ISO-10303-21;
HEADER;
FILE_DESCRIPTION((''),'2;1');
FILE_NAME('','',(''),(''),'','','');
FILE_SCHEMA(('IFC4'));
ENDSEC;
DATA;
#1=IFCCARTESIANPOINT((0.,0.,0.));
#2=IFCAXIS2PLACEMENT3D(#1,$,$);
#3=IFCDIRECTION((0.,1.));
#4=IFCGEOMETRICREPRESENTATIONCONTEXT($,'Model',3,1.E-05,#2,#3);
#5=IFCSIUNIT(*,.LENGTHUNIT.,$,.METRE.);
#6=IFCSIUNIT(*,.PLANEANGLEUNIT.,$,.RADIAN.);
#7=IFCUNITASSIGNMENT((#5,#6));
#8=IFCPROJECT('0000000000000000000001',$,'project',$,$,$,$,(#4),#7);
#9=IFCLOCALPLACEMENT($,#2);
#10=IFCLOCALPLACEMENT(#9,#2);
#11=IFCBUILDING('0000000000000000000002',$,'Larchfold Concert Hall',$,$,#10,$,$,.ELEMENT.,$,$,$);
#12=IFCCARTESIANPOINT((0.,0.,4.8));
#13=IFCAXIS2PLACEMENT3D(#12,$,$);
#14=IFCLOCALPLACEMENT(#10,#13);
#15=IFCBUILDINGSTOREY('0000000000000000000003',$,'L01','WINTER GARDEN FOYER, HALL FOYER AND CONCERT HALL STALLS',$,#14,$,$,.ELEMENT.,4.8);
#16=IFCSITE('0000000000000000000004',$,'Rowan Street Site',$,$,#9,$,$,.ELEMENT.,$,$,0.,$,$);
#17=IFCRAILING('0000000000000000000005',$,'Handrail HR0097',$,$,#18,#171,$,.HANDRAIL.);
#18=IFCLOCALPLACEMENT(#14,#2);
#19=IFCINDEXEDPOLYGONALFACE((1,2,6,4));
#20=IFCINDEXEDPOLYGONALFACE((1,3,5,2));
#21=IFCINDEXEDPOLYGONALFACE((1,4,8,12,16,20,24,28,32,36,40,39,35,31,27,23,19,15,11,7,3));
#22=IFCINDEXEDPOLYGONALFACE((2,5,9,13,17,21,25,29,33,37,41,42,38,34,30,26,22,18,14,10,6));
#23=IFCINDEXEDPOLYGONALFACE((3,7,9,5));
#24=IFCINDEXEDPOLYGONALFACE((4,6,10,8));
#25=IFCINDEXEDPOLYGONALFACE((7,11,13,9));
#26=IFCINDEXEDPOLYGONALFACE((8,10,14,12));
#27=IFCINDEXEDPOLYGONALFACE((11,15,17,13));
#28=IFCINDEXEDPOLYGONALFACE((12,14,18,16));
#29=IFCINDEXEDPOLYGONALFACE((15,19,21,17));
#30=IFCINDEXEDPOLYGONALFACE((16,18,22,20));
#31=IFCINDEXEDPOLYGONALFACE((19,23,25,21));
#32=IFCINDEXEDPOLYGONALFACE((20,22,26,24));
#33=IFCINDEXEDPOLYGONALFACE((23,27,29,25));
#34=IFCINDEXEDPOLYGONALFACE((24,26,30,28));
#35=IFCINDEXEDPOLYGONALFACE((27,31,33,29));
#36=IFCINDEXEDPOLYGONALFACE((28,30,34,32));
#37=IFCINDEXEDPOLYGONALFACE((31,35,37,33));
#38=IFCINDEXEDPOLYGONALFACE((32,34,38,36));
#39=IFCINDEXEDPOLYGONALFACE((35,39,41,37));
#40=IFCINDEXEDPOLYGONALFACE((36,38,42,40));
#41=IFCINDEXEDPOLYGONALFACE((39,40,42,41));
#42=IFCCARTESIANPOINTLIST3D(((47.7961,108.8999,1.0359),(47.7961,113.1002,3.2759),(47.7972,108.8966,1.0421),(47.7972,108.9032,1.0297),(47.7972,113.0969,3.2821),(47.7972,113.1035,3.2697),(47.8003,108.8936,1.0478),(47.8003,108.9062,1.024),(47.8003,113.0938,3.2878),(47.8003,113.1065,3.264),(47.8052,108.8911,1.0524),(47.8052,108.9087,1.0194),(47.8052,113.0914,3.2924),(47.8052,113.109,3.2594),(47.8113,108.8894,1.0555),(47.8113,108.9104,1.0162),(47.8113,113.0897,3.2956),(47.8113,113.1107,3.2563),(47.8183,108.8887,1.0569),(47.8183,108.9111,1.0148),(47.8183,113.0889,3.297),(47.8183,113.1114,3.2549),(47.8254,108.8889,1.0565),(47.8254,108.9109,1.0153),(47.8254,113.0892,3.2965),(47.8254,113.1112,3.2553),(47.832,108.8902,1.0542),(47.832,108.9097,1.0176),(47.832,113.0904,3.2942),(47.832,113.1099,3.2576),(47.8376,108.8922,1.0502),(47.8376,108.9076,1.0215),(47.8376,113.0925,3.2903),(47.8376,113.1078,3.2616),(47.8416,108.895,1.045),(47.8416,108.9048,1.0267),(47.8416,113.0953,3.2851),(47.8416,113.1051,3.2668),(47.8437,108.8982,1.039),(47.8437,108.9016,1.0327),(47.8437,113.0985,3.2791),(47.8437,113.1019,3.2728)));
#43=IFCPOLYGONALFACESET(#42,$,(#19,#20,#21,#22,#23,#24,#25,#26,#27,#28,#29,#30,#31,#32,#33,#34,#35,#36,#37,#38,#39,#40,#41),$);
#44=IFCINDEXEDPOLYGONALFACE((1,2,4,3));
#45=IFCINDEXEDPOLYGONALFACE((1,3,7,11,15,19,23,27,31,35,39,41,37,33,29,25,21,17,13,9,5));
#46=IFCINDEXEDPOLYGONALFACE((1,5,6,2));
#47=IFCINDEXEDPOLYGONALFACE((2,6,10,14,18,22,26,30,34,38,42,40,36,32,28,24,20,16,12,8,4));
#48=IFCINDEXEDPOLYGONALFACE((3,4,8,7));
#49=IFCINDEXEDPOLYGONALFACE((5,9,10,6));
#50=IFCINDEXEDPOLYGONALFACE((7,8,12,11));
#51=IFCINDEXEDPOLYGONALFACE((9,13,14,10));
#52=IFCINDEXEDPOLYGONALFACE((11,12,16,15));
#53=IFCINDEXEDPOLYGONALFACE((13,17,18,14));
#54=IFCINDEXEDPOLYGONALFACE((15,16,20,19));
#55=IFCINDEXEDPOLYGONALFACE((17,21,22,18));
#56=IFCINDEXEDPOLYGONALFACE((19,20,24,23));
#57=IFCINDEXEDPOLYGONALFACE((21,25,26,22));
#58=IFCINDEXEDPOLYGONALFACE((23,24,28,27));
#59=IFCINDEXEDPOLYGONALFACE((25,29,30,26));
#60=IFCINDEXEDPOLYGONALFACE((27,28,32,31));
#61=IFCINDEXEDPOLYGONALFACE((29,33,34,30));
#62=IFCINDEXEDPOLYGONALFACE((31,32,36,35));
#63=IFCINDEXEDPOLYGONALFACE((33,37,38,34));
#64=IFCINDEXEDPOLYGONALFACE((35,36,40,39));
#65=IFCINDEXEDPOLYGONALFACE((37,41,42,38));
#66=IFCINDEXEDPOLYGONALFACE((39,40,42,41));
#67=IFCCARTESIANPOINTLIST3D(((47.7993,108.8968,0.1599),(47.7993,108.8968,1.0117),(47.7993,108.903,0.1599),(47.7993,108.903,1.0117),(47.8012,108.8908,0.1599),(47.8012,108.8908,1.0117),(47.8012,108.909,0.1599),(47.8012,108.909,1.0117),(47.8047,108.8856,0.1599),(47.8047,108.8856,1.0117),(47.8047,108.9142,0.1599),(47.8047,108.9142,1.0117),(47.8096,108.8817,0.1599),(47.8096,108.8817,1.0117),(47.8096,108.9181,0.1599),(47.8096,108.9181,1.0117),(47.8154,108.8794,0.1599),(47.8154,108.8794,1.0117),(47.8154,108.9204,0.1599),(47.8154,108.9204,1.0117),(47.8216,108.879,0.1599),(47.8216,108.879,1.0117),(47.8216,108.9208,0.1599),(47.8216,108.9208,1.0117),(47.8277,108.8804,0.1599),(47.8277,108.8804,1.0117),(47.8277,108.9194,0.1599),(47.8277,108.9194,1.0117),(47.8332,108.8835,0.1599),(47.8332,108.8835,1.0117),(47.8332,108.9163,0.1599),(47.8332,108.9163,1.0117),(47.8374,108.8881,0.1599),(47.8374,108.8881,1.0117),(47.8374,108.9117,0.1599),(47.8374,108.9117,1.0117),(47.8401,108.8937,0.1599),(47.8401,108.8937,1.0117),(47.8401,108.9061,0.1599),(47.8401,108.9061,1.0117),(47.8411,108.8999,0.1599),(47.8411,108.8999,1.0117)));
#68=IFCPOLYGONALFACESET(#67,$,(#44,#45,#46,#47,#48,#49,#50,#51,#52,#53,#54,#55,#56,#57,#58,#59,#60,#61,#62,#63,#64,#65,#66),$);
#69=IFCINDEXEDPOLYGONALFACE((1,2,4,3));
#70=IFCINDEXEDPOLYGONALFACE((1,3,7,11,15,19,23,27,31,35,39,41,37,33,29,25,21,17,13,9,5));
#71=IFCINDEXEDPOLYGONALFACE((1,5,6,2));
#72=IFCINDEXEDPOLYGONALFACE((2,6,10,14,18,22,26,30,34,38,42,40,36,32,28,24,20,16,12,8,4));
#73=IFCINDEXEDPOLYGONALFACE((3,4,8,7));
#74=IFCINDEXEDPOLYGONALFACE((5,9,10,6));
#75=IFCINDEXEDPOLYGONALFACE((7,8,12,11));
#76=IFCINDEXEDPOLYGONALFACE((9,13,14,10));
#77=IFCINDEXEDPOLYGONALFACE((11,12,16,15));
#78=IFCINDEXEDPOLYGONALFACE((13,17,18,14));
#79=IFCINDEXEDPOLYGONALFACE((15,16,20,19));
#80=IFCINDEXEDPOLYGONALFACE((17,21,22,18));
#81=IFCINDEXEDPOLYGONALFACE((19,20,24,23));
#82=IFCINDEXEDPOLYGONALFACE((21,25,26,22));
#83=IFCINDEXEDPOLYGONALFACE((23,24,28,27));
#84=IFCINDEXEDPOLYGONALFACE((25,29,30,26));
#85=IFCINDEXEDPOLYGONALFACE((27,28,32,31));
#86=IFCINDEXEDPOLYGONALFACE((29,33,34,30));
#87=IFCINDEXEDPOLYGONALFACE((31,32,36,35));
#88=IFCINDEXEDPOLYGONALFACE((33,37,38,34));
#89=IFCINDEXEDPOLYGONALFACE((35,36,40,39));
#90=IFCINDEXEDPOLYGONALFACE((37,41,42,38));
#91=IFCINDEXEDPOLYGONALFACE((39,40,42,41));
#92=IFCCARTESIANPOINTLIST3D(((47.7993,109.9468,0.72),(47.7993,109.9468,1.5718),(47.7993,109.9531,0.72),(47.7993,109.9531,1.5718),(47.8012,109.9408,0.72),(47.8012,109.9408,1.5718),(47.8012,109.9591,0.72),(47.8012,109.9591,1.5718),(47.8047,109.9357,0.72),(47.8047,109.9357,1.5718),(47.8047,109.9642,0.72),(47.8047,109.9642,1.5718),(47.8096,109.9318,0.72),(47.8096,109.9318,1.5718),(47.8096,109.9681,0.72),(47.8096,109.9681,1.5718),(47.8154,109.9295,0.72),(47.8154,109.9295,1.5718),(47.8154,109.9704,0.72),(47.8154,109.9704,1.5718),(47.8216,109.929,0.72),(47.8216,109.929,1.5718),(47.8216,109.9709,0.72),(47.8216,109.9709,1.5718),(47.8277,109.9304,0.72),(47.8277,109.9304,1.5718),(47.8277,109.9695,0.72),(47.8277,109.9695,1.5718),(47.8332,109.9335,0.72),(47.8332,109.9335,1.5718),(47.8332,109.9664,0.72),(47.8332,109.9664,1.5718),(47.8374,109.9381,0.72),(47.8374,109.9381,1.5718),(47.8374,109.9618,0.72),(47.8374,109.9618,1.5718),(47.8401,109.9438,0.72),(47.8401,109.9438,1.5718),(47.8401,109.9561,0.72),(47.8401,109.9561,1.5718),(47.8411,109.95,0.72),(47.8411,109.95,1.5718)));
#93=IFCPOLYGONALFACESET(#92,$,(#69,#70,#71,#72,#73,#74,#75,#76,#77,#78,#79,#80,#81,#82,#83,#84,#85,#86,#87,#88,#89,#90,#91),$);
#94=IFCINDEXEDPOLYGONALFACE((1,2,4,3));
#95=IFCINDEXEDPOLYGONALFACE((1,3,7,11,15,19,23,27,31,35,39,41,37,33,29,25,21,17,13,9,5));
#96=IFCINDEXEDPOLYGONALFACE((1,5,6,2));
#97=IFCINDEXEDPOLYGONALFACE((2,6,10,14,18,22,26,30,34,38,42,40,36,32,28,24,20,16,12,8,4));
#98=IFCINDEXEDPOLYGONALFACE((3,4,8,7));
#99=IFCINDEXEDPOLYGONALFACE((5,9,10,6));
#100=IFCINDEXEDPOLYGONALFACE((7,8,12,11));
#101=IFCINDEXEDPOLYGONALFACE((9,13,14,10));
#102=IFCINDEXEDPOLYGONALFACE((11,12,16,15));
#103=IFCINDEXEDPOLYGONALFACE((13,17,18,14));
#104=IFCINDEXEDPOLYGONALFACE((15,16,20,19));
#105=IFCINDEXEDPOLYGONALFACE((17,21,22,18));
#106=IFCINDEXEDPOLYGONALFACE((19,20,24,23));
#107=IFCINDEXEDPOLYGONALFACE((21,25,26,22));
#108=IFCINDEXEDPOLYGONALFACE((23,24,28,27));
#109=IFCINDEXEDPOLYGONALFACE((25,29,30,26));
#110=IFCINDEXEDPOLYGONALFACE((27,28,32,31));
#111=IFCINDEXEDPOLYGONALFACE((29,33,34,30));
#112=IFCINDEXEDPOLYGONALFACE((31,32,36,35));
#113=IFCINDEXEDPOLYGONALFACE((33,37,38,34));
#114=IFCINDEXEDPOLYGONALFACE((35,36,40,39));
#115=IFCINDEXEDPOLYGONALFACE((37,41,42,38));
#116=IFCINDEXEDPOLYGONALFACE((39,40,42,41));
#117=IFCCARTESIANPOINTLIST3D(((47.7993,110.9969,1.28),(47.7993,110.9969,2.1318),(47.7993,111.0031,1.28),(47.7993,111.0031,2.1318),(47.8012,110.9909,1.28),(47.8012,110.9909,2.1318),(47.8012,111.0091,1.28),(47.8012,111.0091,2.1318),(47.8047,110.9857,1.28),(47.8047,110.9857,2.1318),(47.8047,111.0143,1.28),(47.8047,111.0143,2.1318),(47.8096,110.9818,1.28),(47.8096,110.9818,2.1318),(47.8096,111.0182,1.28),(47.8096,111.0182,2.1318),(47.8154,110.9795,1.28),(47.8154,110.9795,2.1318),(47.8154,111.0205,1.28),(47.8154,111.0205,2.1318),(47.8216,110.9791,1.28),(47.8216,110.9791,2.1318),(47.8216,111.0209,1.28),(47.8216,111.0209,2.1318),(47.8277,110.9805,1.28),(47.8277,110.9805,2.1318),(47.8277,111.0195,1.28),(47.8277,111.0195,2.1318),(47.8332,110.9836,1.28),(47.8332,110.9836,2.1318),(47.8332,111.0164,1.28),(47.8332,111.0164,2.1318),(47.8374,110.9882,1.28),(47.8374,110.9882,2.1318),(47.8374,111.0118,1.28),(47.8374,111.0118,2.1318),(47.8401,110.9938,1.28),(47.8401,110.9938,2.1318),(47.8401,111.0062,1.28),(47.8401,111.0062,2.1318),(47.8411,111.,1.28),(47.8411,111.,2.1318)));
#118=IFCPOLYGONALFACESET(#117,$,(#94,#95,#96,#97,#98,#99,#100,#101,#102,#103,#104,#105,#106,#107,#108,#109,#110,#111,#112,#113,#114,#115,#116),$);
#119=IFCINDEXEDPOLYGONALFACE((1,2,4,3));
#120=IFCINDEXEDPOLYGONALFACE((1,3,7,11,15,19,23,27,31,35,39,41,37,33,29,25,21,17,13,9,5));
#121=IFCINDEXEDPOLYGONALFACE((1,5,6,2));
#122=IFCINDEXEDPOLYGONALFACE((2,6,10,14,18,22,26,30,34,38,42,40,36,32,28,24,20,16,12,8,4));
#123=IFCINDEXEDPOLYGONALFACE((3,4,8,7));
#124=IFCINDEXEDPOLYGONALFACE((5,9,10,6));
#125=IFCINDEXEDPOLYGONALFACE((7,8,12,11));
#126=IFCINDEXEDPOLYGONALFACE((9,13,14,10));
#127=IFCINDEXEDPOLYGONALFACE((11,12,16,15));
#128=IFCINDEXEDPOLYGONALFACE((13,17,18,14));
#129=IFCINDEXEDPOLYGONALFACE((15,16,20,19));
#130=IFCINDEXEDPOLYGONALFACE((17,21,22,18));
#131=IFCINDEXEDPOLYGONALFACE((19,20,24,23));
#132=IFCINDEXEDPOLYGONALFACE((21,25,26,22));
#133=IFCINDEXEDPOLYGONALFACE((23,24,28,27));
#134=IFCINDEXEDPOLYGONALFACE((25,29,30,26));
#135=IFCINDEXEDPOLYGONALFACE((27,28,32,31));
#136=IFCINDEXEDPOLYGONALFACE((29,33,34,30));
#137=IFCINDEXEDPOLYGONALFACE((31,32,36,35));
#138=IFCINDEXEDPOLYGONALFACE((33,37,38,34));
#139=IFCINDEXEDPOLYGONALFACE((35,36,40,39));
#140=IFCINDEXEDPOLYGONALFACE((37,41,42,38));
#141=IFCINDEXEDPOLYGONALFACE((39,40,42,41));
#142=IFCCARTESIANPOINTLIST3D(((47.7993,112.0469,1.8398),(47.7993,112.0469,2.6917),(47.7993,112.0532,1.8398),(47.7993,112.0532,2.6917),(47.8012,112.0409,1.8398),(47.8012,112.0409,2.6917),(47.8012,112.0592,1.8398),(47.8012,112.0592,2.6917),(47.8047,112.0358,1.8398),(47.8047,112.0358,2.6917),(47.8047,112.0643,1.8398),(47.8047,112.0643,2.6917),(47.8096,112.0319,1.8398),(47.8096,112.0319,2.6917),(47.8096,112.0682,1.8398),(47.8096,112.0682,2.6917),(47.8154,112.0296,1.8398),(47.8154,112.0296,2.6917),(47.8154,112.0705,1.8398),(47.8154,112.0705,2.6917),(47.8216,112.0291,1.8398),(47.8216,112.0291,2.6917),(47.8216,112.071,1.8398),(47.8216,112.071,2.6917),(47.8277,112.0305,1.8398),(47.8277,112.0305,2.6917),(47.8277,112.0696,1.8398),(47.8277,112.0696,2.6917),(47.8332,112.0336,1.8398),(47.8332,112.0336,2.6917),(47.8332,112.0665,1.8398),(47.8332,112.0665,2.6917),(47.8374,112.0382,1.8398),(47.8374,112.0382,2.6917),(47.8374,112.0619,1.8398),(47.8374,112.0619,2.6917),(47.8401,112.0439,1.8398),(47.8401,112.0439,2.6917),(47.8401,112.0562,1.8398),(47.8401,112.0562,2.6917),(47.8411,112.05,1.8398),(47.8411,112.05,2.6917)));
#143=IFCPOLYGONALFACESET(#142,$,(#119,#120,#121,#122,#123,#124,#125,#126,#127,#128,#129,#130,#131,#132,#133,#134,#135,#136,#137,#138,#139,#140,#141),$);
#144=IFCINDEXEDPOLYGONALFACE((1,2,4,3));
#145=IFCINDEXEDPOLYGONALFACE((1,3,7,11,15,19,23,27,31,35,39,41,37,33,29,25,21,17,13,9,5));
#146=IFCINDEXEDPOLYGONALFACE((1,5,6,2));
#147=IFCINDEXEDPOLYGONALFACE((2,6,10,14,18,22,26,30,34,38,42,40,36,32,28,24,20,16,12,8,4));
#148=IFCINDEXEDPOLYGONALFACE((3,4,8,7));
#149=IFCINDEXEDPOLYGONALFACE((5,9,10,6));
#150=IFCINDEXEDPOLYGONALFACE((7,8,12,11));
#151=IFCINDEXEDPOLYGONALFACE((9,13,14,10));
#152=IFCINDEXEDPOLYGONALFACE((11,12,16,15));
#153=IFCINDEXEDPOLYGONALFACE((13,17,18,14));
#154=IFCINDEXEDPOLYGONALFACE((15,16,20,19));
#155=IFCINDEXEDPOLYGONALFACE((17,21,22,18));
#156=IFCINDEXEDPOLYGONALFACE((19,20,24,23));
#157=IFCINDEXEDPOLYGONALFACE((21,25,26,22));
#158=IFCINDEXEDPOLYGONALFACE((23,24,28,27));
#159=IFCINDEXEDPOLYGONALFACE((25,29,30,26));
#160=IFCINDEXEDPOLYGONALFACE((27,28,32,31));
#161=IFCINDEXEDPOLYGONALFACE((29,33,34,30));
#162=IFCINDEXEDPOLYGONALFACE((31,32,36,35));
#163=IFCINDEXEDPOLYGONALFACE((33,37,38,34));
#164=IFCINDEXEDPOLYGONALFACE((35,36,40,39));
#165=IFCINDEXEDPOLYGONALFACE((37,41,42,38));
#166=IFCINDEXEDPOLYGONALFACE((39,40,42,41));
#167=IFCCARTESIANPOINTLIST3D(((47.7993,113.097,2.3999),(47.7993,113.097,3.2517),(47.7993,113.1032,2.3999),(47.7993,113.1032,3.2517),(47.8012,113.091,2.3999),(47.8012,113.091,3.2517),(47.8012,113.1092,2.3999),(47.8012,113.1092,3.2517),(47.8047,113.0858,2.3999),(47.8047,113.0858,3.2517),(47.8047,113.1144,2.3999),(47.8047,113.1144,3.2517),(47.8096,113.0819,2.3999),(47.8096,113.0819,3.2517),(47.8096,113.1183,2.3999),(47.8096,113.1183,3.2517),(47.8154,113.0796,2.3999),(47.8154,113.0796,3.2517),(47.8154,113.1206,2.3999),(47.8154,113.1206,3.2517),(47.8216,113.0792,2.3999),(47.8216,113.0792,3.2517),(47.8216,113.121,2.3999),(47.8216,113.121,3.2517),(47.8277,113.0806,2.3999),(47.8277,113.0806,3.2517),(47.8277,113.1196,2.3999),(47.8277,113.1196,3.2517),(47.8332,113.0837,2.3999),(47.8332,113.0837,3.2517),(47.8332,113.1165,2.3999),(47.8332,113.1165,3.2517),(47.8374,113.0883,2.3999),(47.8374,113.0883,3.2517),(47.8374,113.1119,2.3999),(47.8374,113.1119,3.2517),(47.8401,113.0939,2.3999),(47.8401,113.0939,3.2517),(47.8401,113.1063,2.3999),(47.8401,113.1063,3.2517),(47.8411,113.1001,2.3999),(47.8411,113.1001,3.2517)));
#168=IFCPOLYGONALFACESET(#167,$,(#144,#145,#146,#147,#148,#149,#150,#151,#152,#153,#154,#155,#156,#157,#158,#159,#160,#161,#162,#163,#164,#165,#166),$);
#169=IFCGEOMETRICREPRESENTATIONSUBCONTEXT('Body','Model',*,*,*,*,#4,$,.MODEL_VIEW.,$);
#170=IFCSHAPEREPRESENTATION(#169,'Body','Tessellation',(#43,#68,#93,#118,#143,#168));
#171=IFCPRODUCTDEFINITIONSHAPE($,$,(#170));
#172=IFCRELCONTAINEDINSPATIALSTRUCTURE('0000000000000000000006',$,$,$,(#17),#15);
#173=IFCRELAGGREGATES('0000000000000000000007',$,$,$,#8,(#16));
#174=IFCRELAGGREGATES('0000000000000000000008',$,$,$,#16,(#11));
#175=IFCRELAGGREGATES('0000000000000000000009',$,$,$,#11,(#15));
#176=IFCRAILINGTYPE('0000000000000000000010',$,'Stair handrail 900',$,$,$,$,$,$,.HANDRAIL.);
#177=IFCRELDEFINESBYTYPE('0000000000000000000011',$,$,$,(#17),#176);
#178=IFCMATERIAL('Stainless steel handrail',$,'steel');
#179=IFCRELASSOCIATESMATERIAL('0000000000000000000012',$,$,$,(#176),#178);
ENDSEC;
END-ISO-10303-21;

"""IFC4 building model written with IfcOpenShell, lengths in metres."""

from ifc_helpers import new_model, si_unit, direction, frame, origin, origin_2d, place, context, subcontext, project, spatial, circle, extrude, material, type_object, element, save


model = new_model("IFC4")

# Units and contexts
model_context = context("Model", 3, precision=1e-05, world=origin(), true_north=direction((0.0, 1.0)))
body_context = subcontext(model_context, "Body", "Model", "MODEL_VIEW")
ifc_project = project(units=[si_unit("LENGTHUNIT", "METRE"), si_unit("PLANEANGLEUNIT", "RADIAN")], contexts=[model_context])

# Site, building, storey
site_placement = place(None, origin())
site = spatial("IfcSite", under=ifc_project, at=site_placement, Name="Rowan Street Site", CompositionType="ELEMENT", RefElevation=0.0)
building_placement = place(site_placement, origin())
building = spatial("IfcBuilding", under=site, at=building_placement, Name="Larchfold Concert Hall", CompositionType="ELEMENT")
storey_placement = place(building_placement, frame((0.0, 0.0, 4.8)))
storey = spatial("IfcBuildingStorey", under=building, at=storey_placement, Name="L01", Description="WINTER GARDEN FOYER, HALL FOYER AND CONCERT HALL STALLS", CompositionType="ELEMENT", Elevation=4.8)

# Railing
ifc_material_1 = material(Name="Stainless steel handrail", Category="steel")
railing_type_1 = type_object("IfcRailingType", Name="Stair handrail 900", PredefinedType="HANDRAIL", material=ifc_material_1)
for number, where, name in (
    (1, (47.8201, 108.8999, 0.1599), "Handrail HR0097"),
):
    element("IfcRailing", number, at=place(storey_placement, frame(where)), inside=storey, type_object=railing_type_1, Name=name, PredefinedType="HANDRAIL", context=body_context, shape_type="SweptSolid", body=[
        extrude(circle(Radius=0.0239, at=origin_2d()), frame((0.0, 0.0, 0.876), z_axis=(0.0, 0.882363, 0.47057), x_axis=(-1.0, 0.0, 0.0)), (0.0, 0.0, 1.0), 4.7603),
        extrude(circle(Radius=0.021, at=origin_2d()), origin(), (0.0, 0.0, 1.0), 0.8518),
        extrude(circle(Radius=0.021, at=origin_2d()), frame((0.0, 1.05, 0.5601)), (0.0, 0.0, 1.0), 0.8518),
        extrude(circle(Radius=0.021, at=origin_2d()), frame((0.0, 2.1001, 1.1201)), (0.0, 0.0, 1.0), 0.8518),
        extrude(circle(Radius=0.021, at=origin_2d()), frame((0.0, 3.1501, 1.6799)), (0.0, 0.0, 1.0), 0.8518),
        extrude(circle(Radius=0.021, at=origin_2d()), frame((0.0, 4.2002, 2.24)), (0.0, 0.0, 1.0), 0.8518),
    ])

save(model, "model.ifc")
